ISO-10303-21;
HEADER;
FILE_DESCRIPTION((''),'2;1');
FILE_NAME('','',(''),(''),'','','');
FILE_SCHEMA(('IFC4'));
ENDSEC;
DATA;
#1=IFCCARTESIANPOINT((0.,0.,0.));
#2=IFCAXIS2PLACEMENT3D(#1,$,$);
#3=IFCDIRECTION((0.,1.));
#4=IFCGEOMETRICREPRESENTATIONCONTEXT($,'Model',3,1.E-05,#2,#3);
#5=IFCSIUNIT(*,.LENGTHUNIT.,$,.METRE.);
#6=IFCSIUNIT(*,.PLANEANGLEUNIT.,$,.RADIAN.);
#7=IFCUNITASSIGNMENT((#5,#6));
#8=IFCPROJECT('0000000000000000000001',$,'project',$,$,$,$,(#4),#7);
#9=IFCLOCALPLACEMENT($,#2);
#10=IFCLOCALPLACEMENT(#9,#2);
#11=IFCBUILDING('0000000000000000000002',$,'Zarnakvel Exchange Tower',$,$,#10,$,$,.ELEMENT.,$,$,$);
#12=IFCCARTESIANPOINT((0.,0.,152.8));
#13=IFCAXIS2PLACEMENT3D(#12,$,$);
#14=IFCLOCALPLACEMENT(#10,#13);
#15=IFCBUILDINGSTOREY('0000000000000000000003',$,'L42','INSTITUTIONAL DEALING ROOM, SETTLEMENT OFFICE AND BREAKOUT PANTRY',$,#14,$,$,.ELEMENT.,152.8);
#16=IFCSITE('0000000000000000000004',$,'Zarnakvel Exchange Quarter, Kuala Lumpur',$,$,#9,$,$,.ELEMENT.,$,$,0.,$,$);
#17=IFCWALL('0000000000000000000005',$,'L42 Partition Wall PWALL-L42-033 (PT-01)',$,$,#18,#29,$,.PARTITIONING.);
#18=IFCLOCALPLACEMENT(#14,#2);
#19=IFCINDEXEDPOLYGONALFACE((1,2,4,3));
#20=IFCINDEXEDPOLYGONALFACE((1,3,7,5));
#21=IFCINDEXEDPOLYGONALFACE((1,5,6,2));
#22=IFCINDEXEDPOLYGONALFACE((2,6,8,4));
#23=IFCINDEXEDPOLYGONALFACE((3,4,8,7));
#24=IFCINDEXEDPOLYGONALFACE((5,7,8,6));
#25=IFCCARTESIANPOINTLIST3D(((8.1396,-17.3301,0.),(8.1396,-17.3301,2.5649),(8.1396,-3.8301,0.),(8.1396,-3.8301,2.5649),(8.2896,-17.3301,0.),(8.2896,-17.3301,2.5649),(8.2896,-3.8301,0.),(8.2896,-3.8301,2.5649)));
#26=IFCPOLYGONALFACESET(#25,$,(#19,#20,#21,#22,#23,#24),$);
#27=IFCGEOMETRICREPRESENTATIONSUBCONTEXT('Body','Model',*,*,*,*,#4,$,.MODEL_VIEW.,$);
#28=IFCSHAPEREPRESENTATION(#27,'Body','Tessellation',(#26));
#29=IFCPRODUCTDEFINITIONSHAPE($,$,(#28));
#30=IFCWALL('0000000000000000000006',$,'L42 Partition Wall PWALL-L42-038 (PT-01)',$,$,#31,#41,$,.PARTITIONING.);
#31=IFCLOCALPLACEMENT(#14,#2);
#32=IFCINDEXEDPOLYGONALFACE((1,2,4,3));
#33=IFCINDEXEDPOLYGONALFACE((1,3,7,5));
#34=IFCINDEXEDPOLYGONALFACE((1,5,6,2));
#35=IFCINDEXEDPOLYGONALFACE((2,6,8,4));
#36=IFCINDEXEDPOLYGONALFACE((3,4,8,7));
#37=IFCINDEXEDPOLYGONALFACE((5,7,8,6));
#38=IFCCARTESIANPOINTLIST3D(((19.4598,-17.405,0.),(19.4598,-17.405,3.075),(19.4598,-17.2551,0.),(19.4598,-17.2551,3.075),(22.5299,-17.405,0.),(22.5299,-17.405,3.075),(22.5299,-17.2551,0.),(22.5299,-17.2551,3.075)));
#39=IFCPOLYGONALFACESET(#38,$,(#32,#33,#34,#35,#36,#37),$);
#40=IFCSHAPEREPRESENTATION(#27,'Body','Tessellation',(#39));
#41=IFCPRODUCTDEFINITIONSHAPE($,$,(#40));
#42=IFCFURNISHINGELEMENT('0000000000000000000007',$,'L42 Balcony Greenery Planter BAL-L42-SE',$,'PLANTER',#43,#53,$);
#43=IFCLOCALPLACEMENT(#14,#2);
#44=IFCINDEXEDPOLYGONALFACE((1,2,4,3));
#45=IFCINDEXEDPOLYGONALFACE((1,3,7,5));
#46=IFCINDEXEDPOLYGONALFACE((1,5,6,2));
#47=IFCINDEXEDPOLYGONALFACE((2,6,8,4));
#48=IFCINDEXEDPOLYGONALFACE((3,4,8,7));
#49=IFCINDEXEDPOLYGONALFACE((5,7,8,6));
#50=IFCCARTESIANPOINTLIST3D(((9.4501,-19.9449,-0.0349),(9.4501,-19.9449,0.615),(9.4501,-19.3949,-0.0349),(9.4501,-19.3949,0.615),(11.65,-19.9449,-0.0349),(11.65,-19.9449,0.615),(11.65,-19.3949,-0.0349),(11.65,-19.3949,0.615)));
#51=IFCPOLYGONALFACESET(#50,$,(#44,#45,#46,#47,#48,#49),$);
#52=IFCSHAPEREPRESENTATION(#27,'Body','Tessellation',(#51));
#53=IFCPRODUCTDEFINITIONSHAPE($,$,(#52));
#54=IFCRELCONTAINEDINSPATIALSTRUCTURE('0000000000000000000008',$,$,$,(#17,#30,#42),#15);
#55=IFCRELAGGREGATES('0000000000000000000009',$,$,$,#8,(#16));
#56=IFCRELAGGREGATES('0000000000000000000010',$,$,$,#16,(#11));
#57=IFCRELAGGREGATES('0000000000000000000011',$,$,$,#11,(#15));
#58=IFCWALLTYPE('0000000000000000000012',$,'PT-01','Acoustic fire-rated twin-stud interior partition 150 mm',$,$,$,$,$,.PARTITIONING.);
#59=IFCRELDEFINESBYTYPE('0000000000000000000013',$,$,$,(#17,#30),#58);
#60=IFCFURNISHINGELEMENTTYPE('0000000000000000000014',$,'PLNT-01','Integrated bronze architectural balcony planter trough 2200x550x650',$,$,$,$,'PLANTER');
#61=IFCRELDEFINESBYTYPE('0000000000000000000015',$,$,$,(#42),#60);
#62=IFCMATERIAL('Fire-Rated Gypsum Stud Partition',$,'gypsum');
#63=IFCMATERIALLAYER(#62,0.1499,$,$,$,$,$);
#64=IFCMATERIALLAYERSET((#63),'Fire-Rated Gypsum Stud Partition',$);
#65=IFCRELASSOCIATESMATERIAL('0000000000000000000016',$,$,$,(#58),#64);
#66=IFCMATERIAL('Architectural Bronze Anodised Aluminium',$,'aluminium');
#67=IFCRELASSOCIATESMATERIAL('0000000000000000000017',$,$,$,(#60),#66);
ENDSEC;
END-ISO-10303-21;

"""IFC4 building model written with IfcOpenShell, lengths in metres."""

from ifc_helpers import new_model, si_unit, direction, frame, frame_2d, origin, origin_2d, place, context, subcontext, project, spatial, rectangle, extrude, source, transform, mapped, material, layer, layer_set, type_object, element, save


model = new_model("IFC4")

# Units and contexts
model_context = context("Model", 3, precision=1e-05, world=origin(), true_north=direction((0.0, 1.0)))
body_context = subcontext(model_context, "Body", "Model", "MODEL_VIEW")
ifc_project = project(units=[si_unit("LENGTHUNIT", "METRE"), si_unit("PLANEANGLEUNIT", "RADIAN")], contexts=[model_context])

# Site, building, storey
site_placement = place(None, origin())
site = spatial("IfcSite", under=ifc_project, at=site_placement, Name="Zarnakvel Exchange Quarter, Kuala Lumpur", CompositionType="ELEMENT", RefElevation=0.0)
building_placement = place(site_placement, origin())
building = spatial("IfcBuilding", under=site, at=building_placement, Name="Zarnakvel Exchange Tower", CompositionType="ELEMENT")
storey_placement = place(building_placement, frame((0.0, 0.0, 152.8)))
storey = spatial("IfcBuildingStorey", under=building, at=storey_placement, Name="L42", Description="INSTITUTIONAL DEALING ROOM, SETTLEMENT OFFICE AND BREAKOUT PANTRY", CompositionType="ELEMENT", Elevation=152.8)

# Shared definitions
ifc_material_1 = material(Name="Architectural Bronze Anodised Aluminium", Category="aluminium")

# Walls
ifc_material_2 = material(Name="Fire-Rated Gypsum Stud Partition", Category="gypsum")
ifc_layer_1 = layer(ifc_material_2, 0.1499)
ifc_layer_set_1 = layer_set([ifc_layer_1], Name="Fire-Rated Gypsum Stud Partition")
wall_type_1 = type_object("IfcWallType", Name="PT-01", Description="Acoustic fire-rated twin-stud interior partition 150 mm", PredefinedType="PARTITIONING", material=ifc_layer_set_1)
wall_1_placement = place(storey_placement, frame((8.2146, -17.3301, 0.0), z_axis=(0.0, 0.0, 1.0), x_axis=(0.0, 1.0, 0.0)))
element("IfcWall", 1, at=wall_1_placement, inside=storey, type_object=wall_type_1, Name="L42 Partition Wall PWALL-L42-033 (PT-01)", PredefinedType="PARTITIONING", context=body_context, shape_type="SweptSolid", body=[
    extrude(rectangle(XDim=13.5, YDim=0.1499, at=frame_2d((6.75, 0.0))), origin(), (0.0, 0.0, 1.0), 2.5649),
])
wall_2_placement = place(storey_placement, frame((22.53, -17.3301, 0.0), z_axis=(0.0, 0.0, 1.0), x_axis=(-1.0, 0.0, 0.0)))
element("IfcWall", 2, at=wall_2_placement, inside=storey, type_object=wall_type_1, Name="L42 Partition Wall PWALL-L42-038 (PT-01)", PredefinedType="PARTITIONING", context=body_context, shape_type="SweptSolid", body=[
    extrude(rectangle(XDim=3.0701, YDim=0.1499, at=frame_2d((1.5352, 0.0))), origin(), (0.0, 0.0, 1.0), 3.075),
])

# Furnishing element
furnishing_element_type = type_object("IfcFurnishingElementType", Name="PLNT-01", Description="Integrated bronze architectural balcony planter trough 2200x550x650", ElementType="PLANTER", material=ifc_material_1)
shared_shape_1 = source(origin(), body_context, "Body", "SweptSolid", [
    extrude(rectangle(XDim=2.2, YDim=0.55, at=origin_2d()), origin(), (0.0, 0.0, 1.0), 0.6499),
])
furnishing_placement = place(storey_placement, frame((10.55, -19.6699, -0.0349), z_axis=(0.0, 0.0, 1.0), x_axis=(1.0, 0.0, 0.0)))
element("IfcFurnishingElement", 3, at=furnishing_placement, inside=storey, type_object=furnishing_element_type, Name="L42 Balcony Greenery Planter BAL-L42-SE", ObjectType="PLANTER", context=body_context, shape_type="MappedRepresentation", body=[
    mapped(shared_shape_1, transform((0.0, 0.0, 0.0), x_axis=(1.0, 0.0, 0.0), y_axis=(0.0, 1.0, 0.0), z_axis=(0.0, 0.0, 1.0), scale=1.0)),
])

save(model, "model.ifc")
